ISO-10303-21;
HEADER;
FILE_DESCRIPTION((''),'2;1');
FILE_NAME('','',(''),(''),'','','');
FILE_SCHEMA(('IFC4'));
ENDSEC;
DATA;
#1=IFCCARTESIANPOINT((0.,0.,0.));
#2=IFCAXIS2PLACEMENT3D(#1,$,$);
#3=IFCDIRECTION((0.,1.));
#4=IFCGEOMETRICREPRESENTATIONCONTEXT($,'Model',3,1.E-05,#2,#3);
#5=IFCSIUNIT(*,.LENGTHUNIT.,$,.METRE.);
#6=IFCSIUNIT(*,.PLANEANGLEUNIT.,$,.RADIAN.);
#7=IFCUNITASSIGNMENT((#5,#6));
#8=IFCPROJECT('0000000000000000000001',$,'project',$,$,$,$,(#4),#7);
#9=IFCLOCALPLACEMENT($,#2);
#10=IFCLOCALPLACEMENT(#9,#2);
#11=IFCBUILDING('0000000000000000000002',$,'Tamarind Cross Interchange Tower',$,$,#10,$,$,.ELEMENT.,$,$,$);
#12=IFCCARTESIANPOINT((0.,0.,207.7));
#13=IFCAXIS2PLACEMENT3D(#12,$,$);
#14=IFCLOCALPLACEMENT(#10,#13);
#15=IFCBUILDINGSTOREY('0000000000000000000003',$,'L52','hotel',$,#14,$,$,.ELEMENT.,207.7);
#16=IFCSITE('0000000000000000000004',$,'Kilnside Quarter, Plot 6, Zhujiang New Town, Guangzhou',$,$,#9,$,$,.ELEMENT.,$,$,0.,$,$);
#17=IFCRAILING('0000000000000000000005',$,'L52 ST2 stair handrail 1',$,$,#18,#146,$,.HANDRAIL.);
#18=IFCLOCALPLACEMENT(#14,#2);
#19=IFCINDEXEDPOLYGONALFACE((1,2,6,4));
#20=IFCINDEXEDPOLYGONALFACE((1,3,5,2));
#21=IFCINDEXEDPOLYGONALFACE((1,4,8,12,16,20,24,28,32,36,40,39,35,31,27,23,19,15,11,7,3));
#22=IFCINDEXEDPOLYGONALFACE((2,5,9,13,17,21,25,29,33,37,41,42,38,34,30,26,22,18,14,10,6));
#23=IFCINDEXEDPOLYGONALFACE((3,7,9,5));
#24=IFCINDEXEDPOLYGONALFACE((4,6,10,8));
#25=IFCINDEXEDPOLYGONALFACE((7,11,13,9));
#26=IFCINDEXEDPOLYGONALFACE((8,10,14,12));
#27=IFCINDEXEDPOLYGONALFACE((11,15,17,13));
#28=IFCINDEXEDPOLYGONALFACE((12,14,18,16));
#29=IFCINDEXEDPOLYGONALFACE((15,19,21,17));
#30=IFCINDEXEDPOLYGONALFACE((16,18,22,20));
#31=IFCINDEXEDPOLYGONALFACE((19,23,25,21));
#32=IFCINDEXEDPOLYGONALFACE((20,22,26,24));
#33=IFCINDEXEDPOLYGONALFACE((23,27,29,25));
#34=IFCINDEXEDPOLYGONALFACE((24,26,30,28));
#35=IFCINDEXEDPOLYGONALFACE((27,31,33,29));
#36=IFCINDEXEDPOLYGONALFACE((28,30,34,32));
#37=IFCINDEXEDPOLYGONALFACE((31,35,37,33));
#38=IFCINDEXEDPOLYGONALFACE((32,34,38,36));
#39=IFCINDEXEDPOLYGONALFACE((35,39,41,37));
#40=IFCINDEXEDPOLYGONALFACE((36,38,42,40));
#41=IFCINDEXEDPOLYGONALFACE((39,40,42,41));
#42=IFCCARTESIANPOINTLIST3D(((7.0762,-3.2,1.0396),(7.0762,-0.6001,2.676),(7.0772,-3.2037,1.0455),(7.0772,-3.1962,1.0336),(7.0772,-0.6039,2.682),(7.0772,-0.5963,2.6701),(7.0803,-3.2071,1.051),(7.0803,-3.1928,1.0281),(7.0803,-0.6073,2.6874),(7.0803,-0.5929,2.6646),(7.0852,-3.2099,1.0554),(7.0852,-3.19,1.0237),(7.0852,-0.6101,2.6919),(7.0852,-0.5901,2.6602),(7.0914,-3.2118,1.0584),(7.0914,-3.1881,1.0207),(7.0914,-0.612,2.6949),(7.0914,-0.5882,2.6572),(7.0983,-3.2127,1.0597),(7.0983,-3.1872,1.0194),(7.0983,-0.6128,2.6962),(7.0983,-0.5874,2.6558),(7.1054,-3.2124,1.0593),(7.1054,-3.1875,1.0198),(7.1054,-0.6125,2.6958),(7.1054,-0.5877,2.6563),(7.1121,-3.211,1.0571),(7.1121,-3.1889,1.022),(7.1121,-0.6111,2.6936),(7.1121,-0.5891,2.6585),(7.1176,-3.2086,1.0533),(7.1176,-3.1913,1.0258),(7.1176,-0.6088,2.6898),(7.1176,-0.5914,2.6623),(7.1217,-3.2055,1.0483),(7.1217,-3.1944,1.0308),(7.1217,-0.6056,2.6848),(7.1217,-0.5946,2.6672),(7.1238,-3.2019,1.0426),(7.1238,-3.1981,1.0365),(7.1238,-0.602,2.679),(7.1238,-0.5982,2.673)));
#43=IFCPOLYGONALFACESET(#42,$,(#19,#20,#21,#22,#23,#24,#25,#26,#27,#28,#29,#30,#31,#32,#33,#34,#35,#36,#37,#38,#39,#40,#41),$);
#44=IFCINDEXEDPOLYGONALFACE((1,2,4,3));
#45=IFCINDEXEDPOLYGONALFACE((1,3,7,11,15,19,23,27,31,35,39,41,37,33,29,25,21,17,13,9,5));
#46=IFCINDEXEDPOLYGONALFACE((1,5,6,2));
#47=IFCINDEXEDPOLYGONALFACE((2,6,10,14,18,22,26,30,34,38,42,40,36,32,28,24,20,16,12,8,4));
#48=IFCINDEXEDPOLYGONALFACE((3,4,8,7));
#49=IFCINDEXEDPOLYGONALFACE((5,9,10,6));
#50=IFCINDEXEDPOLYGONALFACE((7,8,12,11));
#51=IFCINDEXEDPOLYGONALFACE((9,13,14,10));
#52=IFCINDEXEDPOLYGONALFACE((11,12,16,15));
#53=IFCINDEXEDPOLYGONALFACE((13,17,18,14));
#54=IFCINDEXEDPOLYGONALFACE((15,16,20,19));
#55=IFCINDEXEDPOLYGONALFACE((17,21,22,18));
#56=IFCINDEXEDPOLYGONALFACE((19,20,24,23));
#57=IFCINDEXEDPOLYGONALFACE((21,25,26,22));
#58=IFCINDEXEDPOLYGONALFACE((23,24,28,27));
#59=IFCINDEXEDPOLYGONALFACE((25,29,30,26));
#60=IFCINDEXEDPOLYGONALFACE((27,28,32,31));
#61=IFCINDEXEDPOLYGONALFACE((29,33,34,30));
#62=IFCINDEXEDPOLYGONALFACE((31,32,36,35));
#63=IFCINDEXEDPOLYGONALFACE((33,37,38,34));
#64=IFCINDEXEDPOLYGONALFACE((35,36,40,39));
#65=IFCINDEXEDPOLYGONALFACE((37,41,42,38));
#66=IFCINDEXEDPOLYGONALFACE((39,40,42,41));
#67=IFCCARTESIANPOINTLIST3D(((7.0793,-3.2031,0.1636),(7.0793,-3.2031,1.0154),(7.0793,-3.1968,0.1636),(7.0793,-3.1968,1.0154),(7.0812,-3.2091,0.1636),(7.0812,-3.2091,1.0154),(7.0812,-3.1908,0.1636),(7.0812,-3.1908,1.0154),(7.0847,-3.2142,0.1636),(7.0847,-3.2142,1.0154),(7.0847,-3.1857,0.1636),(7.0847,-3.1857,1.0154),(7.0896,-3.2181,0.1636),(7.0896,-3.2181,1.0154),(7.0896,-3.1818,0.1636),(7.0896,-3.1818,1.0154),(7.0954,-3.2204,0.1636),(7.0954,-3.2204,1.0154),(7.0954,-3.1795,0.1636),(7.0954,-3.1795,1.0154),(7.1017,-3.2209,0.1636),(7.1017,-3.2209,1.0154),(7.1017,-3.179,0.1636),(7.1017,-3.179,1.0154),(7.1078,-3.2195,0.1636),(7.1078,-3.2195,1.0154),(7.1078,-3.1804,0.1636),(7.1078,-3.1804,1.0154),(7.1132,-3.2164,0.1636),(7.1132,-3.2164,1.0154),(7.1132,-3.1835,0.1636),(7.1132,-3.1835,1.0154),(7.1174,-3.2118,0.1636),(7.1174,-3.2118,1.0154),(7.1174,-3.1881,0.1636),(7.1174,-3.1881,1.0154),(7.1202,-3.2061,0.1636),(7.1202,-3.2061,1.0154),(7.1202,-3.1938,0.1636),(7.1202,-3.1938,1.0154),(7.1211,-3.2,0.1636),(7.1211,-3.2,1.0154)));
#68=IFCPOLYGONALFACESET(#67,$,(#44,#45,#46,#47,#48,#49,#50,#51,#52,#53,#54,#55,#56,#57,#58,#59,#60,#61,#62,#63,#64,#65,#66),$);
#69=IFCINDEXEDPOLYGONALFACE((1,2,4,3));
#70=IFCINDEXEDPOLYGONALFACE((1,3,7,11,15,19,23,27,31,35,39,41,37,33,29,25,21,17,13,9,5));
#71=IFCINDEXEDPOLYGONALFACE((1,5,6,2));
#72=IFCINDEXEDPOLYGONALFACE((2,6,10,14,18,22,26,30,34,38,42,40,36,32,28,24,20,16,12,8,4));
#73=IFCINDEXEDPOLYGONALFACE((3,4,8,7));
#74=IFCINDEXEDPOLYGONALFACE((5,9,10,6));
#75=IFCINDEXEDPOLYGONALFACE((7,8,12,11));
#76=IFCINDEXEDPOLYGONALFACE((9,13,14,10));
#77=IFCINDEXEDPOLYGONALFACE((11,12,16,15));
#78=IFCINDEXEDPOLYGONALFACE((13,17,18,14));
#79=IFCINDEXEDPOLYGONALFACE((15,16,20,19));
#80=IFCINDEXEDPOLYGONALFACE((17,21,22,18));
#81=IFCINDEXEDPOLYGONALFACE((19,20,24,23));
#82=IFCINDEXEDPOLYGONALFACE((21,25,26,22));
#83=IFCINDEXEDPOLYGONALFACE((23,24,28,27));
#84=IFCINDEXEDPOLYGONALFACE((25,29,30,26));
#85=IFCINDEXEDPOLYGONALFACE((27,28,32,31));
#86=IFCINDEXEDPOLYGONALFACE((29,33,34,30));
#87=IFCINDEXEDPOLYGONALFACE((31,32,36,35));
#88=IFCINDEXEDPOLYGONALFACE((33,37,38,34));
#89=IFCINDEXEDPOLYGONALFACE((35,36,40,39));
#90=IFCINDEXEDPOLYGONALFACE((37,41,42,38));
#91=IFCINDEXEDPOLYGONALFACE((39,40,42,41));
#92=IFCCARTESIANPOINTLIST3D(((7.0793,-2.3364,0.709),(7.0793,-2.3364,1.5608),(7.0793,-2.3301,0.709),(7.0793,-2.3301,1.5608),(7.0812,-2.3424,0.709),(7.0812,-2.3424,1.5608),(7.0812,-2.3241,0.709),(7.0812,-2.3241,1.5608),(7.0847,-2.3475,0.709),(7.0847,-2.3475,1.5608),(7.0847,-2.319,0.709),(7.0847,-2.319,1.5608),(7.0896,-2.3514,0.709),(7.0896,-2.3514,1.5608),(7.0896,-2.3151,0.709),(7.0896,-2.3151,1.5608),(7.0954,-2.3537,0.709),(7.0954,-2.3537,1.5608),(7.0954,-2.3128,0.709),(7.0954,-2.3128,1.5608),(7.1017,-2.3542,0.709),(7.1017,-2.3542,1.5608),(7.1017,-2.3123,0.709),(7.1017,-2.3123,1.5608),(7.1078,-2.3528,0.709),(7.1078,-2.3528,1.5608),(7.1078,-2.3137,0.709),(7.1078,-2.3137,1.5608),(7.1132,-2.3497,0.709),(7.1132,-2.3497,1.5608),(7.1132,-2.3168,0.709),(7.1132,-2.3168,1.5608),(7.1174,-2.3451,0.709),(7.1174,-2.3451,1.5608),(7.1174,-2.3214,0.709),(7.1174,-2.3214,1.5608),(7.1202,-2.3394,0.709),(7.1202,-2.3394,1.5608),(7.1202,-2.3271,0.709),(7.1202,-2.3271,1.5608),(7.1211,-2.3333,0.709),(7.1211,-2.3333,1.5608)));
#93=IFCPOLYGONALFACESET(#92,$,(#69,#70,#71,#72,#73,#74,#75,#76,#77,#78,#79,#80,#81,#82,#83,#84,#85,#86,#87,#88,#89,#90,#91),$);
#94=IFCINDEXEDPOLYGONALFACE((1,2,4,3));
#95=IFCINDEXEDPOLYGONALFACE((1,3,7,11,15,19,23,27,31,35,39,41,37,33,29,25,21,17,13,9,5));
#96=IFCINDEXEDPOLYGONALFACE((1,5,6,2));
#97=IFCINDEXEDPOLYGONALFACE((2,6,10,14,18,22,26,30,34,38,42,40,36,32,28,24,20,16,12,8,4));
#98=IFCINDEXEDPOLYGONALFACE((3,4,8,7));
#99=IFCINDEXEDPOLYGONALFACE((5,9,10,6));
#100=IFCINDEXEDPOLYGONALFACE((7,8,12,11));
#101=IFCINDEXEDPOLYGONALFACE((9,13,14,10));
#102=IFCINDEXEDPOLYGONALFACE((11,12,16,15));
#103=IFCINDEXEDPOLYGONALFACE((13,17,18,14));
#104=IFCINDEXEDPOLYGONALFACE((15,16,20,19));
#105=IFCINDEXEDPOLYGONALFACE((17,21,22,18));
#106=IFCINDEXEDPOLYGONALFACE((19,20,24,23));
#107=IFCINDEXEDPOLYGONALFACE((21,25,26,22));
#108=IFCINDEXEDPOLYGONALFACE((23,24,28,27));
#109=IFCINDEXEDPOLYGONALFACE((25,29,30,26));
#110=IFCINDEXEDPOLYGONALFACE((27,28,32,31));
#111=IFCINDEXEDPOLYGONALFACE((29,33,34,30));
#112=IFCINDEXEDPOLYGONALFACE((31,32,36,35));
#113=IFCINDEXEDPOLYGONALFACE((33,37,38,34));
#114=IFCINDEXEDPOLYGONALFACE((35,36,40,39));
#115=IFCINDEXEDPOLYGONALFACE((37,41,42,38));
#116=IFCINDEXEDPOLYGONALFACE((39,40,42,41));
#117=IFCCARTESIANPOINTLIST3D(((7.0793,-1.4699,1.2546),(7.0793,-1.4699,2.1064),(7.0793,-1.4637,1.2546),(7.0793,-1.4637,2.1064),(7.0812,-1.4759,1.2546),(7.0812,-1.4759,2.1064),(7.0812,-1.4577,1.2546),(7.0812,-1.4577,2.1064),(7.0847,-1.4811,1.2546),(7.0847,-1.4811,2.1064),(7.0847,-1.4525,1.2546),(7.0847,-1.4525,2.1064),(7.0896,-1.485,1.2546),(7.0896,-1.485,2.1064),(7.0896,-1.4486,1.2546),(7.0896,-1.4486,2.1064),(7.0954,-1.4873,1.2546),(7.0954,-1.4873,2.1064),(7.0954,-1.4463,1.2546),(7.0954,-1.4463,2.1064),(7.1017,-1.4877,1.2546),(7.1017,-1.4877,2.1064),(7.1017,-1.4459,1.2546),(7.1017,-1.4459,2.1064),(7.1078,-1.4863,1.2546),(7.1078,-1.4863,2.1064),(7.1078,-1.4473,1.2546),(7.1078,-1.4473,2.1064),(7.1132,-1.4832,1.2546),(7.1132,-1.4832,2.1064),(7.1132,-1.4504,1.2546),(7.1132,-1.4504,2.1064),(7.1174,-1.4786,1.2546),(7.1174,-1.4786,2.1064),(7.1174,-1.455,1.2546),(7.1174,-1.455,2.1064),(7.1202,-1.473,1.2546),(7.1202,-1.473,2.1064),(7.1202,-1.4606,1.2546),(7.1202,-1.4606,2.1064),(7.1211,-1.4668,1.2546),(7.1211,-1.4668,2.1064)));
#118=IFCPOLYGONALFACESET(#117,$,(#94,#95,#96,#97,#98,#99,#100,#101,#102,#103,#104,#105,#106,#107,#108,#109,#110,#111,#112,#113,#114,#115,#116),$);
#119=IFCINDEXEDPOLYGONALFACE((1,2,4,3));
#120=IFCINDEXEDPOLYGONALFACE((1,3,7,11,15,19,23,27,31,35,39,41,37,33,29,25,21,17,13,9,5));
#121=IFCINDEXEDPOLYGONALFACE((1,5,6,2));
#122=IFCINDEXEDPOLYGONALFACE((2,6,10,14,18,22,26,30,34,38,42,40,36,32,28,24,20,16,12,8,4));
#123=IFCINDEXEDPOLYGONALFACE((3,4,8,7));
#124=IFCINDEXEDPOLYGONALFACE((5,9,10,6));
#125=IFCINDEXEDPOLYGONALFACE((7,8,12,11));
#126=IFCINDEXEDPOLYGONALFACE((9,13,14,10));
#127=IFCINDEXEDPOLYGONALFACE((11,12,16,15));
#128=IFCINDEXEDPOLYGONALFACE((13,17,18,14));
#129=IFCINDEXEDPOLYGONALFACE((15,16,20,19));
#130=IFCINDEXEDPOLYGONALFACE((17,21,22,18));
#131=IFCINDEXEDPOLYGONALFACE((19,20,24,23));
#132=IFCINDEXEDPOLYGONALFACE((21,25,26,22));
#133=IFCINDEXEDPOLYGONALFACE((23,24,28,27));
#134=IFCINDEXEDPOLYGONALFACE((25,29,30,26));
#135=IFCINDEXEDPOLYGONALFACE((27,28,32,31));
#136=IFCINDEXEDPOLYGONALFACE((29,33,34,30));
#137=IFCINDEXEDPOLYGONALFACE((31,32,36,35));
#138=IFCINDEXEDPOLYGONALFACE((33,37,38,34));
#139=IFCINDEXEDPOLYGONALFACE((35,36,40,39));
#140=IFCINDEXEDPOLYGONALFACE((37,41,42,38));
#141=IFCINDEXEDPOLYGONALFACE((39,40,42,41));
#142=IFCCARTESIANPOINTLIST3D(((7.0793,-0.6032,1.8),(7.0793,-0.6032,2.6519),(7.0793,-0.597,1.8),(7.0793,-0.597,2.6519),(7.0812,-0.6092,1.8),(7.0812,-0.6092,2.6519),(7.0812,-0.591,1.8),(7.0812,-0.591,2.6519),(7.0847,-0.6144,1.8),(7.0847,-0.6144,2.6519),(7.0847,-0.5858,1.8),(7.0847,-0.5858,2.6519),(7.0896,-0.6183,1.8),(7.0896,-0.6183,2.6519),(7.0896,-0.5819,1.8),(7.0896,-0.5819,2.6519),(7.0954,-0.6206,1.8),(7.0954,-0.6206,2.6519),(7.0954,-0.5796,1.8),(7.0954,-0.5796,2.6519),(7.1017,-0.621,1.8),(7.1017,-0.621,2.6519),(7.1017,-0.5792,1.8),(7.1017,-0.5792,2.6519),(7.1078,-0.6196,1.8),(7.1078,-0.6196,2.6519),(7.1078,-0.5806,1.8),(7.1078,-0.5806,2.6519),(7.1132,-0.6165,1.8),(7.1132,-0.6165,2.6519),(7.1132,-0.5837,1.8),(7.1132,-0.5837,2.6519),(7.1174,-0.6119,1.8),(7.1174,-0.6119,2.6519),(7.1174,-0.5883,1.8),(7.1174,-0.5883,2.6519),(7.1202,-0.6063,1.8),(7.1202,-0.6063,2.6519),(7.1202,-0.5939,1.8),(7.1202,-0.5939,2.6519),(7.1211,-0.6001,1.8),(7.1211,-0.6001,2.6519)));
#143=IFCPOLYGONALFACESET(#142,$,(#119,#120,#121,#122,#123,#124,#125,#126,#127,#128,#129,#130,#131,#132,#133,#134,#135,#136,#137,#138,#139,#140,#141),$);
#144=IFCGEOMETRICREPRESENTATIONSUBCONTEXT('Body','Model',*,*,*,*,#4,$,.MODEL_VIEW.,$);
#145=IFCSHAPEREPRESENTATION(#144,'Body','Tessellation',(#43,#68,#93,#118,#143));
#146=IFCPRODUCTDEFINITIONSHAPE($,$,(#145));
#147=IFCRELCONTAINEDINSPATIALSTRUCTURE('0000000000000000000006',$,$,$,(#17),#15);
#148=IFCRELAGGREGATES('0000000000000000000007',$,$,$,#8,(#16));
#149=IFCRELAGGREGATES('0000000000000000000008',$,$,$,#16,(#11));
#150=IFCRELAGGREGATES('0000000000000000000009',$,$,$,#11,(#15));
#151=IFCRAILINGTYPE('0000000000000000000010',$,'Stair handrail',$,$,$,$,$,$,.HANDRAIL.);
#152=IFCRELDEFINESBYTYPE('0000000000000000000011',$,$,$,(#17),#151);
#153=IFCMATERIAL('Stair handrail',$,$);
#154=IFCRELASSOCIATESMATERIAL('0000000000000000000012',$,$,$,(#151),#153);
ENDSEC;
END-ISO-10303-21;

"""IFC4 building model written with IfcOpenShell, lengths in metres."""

from ifc_helpers import new_model, si_unit, direction, frame, origin, origin_2d, place, context, subcontext, project, spatial, circle, extrude, material, type_object, element, save


model = new_model("IFC4")

# Units and contexts
model_context = context("Model", 3, precision=1e-05, world=origin(), true_north=direction((0.0, 1.0)))
body_context = subcontext(model_context, "Body", "Model", "MODEL_VIEW")
ifc_project = project(units=[si_unit("LENGTHUNIT", "METRE"), si_unit("PLANEANGLEUNIT", "RADIAN")], contexts=[model_context])

# Site, building, storey
site_placement = place(None, origin())
site = spatial("IfcSite", under=ifc_project, at=site_placement, Name="Kilnside Quarter, Plot 6, Zhujiang New Town, Guangzhou", CompositionType="ELEMENT", RefElevation=0.0)
building_placement = place(site_placement, origin())
building = spatial("IfcBuilding", under=site, at=building_placement, Name="Tamarind Cross Interchange Tower", CompositionType="ELEMENT")
storey_placement = place(building_placement, frame((0.0, 0.0, 207.7)))
storey = spatial("IfcBuildingStorey", under=building, at=storey_placement, Name="L52", Description="hotel", CompositionType="ELEMENT", Elevation=207.7)

# Railing
ifc_material_1 = material(Name="Stair handrail")
railing_type_1 = type_object("IfcRailingType", Name="Stair handrail", PredefinedType="HANDRAIL", material=ifc_material_1)
railing_1_placement = place(storey_placement, frame((7.1001, -3.2, 0.1636)))
element("IfcRailing", 1, at=railing_1_placement, inside=storey, type_object=railing_type_1, Name="L52 ST2 stair handrail 1", PredefinedType="HANDRAIL", context=body_context, shape_type="SweptSolid", body=[
    extrude(circle(Radius=0.0239, at=origin_2d()), frame((0.0, 0.0, 0.876), z_axis=(0.0, 0.846302, 0.532704), x_axis=(-1.0, 0.0, 0.0)), (0.0, 0.0, 1.0), 3.072),
    extrude(circle(Radius=0.021, at=origin_2d()), origin(), (0.0, 0.0, 1.0), 0.8518),
    extrude(circle(Radius=0.021, at=origin_2d()), frame((0.0, 0.8667, 0.5454)), (0.0, 0.0, 1.0), 0.8518),
    extrude(circle(Radius=0.021, at=origin_2d()), frame((0.0, 1.7332, 1.0911)), (0.0, 0.0, 1.0), 0.8518),
    extrude(circle(Radius=0.021, at=origin_2d()), frame((0.0, 2.5999, 1.6365)), (0.0, 0.0, 1.0), 0.8518),
])

save(model, "model.ifc")
